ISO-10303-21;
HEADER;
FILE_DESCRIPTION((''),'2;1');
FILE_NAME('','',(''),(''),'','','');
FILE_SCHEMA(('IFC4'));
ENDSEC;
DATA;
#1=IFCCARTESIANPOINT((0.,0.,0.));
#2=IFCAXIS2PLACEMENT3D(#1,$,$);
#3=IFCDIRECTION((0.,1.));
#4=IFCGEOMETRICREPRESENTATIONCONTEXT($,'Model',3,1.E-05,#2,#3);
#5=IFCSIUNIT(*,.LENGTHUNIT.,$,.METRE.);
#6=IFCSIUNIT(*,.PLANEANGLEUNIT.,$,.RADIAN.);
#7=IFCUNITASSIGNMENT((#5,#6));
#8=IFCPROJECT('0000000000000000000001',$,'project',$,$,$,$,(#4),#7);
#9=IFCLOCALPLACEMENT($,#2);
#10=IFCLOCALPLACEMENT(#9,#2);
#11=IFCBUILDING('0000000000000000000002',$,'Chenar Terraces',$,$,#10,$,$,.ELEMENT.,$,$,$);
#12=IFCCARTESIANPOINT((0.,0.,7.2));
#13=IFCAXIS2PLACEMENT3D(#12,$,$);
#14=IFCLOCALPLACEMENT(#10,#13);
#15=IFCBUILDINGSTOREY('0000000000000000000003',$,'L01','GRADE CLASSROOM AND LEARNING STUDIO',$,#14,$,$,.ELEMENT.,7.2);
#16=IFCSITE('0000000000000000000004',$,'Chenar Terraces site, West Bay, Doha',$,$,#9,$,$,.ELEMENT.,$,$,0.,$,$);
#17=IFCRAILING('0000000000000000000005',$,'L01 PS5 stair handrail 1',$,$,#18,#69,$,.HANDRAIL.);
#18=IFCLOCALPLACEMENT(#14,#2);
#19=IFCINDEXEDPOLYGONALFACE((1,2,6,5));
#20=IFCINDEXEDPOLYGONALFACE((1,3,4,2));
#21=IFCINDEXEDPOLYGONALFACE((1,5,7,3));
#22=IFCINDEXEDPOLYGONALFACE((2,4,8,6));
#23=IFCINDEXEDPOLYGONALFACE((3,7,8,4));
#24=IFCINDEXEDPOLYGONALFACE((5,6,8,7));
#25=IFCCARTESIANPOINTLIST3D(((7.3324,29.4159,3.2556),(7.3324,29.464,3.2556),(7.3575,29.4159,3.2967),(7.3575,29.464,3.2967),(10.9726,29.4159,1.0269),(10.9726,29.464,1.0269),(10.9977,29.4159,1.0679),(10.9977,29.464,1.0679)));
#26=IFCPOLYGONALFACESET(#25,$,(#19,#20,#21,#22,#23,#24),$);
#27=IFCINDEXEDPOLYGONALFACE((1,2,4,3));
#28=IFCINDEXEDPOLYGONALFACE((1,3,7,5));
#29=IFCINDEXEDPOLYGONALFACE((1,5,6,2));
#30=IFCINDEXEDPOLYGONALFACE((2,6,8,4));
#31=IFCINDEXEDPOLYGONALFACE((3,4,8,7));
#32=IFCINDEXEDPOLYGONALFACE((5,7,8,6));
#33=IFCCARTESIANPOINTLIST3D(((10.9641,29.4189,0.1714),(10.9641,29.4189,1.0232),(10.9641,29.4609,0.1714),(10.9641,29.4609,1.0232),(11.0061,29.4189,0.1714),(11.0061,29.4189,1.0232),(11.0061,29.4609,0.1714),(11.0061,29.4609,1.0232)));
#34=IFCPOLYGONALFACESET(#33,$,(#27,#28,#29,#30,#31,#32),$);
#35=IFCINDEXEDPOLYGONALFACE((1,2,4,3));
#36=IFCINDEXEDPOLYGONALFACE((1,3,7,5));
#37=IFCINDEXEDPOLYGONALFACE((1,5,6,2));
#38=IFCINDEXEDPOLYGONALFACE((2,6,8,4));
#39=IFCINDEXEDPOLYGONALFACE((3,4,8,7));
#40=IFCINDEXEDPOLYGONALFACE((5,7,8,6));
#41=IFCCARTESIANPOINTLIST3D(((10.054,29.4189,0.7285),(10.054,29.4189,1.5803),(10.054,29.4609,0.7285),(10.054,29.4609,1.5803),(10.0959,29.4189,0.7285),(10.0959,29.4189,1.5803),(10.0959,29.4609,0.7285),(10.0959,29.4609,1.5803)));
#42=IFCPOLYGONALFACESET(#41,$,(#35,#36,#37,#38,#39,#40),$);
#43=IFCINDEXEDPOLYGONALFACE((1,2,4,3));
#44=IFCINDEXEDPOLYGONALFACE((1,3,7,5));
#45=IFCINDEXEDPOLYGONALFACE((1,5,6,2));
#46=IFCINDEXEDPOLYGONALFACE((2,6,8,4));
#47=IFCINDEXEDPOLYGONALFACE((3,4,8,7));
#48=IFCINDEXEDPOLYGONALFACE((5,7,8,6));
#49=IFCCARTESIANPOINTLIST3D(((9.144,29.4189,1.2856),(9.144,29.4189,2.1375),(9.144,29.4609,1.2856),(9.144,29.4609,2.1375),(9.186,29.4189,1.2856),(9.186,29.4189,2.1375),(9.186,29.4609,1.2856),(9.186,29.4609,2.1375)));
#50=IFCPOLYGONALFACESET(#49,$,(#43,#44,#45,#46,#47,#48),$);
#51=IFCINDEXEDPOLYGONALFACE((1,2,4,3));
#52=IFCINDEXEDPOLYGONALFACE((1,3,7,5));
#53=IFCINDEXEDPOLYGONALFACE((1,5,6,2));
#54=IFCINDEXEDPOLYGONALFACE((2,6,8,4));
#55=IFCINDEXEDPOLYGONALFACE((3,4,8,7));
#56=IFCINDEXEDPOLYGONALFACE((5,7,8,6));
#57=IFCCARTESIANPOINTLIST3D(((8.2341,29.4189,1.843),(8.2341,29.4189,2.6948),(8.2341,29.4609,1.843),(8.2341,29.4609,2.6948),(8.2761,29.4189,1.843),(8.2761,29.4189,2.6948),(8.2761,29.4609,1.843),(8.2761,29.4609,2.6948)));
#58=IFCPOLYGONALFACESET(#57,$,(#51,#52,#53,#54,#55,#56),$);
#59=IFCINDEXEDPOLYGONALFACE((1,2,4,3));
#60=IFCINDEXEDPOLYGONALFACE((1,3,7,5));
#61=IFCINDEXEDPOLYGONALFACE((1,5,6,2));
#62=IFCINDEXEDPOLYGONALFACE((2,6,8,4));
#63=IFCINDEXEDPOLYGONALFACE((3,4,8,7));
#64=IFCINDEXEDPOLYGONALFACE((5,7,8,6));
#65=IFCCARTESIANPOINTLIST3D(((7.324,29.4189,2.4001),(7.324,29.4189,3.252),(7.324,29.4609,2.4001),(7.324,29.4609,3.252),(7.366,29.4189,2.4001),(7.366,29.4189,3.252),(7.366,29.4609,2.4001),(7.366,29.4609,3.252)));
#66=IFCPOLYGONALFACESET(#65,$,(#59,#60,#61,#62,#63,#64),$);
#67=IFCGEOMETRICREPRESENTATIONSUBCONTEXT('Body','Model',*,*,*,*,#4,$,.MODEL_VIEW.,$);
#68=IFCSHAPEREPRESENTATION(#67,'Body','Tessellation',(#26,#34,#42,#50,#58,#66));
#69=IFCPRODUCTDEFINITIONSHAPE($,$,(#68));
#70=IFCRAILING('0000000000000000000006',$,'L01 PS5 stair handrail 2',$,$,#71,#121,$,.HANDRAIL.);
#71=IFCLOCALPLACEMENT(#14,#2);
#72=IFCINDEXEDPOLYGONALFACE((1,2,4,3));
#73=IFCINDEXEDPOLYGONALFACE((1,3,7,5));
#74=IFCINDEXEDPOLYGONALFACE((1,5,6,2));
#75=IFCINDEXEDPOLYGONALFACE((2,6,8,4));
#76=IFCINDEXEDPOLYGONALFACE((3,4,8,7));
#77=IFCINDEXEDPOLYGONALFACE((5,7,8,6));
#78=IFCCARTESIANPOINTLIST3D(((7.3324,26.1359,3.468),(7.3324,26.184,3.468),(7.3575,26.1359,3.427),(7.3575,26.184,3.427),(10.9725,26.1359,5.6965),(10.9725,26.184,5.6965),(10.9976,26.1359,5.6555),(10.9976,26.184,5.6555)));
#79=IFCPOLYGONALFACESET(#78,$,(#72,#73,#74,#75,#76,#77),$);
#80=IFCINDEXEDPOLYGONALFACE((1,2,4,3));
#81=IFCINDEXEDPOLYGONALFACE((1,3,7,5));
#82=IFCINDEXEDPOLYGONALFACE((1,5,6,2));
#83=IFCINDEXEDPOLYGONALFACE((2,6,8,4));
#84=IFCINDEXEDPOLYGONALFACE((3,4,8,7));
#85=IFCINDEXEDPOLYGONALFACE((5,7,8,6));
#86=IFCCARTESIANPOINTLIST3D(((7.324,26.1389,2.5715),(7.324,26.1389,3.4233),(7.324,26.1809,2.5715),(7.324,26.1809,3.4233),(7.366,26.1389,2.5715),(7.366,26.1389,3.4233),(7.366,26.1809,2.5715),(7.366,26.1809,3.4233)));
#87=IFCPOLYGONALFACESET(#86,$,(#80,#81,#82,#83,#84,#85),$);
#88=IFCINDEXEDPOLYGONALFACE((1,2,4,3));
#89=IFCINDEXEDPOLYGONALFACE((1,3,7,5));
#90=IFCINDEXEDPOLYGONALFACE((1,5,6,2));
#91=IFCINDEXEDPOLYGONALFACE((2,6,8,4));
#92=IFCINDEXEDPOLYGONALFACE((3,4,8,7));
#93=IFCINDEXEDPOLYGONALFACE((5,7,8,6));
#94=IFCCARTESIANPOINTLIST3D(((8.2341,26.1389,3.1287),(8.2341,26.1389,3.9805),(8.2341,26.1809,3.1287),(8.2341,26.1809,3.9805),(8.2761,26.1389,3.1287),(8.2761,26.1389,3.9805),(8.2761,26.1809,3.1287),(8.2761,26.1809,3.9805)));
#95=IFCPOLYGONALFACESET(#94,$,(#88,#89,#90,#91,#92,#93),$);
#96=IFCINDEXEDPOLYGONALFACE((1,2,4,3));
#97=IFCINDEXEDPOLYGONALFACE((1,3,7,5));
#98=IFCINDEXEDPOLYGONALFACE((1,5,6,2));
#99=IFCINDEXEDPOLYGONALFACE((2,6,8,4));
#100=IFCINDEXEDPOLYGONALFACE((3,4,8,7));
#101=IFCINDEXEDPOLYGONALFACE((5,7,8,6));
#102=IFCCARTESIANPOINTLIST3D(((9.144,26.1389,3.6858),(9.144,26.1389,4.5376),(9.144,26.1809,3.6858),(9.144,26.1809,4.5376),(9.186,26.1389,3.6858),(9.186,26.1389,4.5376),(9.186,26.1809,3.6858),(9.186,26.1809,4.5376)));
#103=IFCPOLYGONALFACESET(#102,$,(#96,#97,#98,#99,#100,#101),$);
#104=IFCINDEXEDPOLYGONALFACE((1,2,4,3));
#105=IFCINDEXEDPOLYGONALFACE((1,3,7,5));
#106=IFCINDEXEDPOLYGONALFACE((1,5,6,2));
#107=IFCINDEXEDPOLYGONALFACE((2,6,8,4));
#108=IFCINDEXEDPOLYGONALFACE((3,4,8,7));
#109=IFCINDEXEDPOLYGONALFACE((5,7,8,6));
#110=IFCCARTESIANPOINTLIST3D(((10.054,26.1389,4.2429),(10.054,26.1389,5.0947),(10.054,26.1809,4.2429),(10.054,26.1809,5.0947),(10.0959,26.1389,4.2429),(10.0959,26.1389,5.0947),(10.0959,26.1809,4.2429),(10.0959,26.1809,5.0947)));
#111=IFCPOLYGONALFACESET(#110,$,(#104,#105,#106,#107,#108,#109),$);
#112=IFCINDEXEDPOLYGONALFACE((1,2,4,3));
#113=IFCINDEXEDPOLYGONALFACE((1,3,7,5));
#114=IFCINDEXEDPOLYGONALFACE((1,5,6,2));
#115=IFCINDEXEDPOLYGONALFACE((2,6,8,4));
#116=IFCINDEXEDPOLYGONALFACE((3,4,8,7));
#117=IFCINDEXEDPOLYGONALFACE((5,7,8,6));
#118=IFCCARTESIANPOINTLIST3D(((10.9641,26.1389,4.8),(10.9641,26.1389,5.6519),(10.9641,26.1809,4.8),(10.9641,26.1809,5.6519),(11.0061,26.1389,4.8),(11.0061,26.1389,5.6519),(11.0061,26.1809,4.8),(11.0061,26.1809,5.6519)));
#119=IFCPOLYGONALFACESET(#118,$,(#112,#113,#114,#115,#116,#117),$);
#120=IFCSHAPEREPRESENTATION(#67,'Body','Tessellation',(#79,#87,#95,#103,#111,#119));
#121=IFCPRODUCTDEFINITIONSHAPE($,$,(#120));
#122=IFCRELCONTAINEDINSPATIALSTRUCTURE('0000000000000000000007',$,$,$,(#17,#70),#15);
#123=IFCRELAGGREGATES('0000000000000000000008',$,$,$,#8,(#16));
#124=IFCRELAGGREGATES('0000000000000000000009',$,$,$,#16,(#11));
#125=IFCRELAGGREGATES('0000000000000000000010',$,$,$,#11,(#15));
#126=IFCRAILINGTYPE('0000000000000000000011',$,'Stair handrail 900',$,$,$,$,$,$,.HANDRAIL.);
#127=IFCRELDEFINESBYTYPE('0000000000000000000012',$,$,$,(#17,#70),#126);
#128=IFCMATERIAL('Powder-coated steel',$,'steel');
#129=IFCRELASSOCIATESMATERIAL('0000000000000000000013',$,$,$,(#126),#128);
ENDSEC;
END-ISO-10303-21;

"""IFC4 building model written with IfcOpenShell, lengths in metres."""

from ifc_helpers import new_model, si_unit, direction, frame, origin, origin_2d, place, context, subcontext, project, spatial, rectangle, extrude, material, type_object, element, save


model = new_model("IFC4")

# Units and contexts
model_context = context("Model", 3, precision=1e-05, world=origin(), true_north=direction((0.0, 1.0)))
body_context = subcontext(model_context, "Body", "Model", "MODEL_VIEW")
ifc_project = project(units=[si_unit("LENGTHUNIT", "METRE"), si_unit("PLANEANGLEUNIT", "RADIAN")], contexts=[model_context])

# Site, building, storey
site_placement = place(None, origin())
site = spatial("IfcSite", under=ifc_project, at=site_placement, Name="Chenar Terraces site, West Bay, Doha", CompositionType="ELEMENT", RefElevation=0.0)
building_placement = place(site_placement, origin())
building = spatial("IfcBuilding", under=site, at=building_placement, Name="Chenar Terraces", CompositionType="ELEMENT")
storey_placement = place(building_placement, frame((0.0, 0.0, 7.2)))
storey = spatial("IfcBuildingStorey", under=building, at=storey_placement, Name="L01", Description="GRADE CLASSROOM AND LEARNING STUDIO", CompositionType="ELEMENT", Elevation=7.2)

# Railings
ifc_material_1 = material(Name="Powder-coated steel", Category="steel")
railing_type_1 = type_object("IfcRailingType", Name="Stair handrail 900", PredefinedType="HANDRAIL", material=ifc_material_1)
railing_1_placement = place(storey_placement, frame((10.9851, 29.4399, 0.1714)))
element("IfcRailing", 1, at=railing_1_placement, inside=storey, type_object=railing_type_1, Name="L01 PS5 stair handrail 1", PredefinedType="HANDRAIL", context=body_context, shape_type="SweptSolid", body=[
    extrude(rectangle(XDim=0.0481, YDim=0.0481, at=origin_2d()), frame((0.0, 0.0, 0.876), z_axis=(-0.85284, 0.0, 0.522172), x_axis=(0.0, -1.0, 0.0)), (0.0, 0.0, 1.0), 4.2683),
    extrude(rectangle(XDim=0.042, YDim=0.042, at=origin_2d()), origin(), (0.0, 0.0, 1.0), 0.8518),
    extrude(rectangle(XDim=0.042, YDim=0.042, at=origin_2d()), frame((-0.9102, 0.0, 0.5571)), (0.0, 0.0, 1.0), 0.8518),
    extrude(rectangle(XDim=0.042, YDim=0.042, at=origin_2d()), frame((-1.8201, 0.0, 1.1143)), (0.0, 0.0, 1.0), 0.8518),
    extrude(rectangle(XDim=0.042, YDim=0.042, at=origin_2d()), frame((-2.73, 0.0, 1.6716)), (0.0, 0.0, 1.0), 0.8518),
    extrude(rectangle(XDim=0.042, YDim=0.042, at=origin_2d()), frame((-3.6401, 0.0, 2.2288)), (0.0, 0.0, 1.0), 0.8518),
])
railing_2_placement = place(storey_placement, frame((7.345, 26.1599, 2.5715)))
element("IfcRailing", 2, at=railing_2_placement, inside=storey, type_object=railing_type_1, Name="L01 PS5 stair handrail 2", PredefinedType="HANDRAIL", context=body_context, shape_type="SweptSolid", body=[
    extrude(rectangle(XDim=0.0481, YDim=0.0481, at=origin_2d()), frame((0.0, 0.0, 0.876), z_axis=(0.852866, 0.0, 0.52213), x_axis=(0.0, 1.0, 0.0)), (0.0, 0.0, 1.0), 4.2681),
    extrude(rectangle(XDim=0.042, YDim=0.042, at=origin_2d()), origin(), (0.0, 0.0, 1.0), 0.8518),
    extrude(rectangle(XDim=0.042, YDim=0.042, at=origin_2d()), frame((0.9102, 0.0, 0.5571)), (0.0, 0.0, 1.0), 0.8518),
    extrude(rectangle(XDim=0.042, YDim=0.042, at=origin_2d()), frame((1.8201, 0.0, 1.1143)), (0.0, 0.0, 1.0), 0.8518),
    extrude(rectangle(XDim=0.042, YDim=0.042, at=origin_2d()), frame((2.73, 0.0, 1.6714)), (0.0, 0.0, 1.0), 0.8518),
    extrude(rectangle(XDim=0.042, YDim=0.042, at=origin_2d()), frame((3.6401, 0.0, 2.2285)), (0.0, 0.0, 1.0), 0.8518),
])

save(model, "model.ifc")
